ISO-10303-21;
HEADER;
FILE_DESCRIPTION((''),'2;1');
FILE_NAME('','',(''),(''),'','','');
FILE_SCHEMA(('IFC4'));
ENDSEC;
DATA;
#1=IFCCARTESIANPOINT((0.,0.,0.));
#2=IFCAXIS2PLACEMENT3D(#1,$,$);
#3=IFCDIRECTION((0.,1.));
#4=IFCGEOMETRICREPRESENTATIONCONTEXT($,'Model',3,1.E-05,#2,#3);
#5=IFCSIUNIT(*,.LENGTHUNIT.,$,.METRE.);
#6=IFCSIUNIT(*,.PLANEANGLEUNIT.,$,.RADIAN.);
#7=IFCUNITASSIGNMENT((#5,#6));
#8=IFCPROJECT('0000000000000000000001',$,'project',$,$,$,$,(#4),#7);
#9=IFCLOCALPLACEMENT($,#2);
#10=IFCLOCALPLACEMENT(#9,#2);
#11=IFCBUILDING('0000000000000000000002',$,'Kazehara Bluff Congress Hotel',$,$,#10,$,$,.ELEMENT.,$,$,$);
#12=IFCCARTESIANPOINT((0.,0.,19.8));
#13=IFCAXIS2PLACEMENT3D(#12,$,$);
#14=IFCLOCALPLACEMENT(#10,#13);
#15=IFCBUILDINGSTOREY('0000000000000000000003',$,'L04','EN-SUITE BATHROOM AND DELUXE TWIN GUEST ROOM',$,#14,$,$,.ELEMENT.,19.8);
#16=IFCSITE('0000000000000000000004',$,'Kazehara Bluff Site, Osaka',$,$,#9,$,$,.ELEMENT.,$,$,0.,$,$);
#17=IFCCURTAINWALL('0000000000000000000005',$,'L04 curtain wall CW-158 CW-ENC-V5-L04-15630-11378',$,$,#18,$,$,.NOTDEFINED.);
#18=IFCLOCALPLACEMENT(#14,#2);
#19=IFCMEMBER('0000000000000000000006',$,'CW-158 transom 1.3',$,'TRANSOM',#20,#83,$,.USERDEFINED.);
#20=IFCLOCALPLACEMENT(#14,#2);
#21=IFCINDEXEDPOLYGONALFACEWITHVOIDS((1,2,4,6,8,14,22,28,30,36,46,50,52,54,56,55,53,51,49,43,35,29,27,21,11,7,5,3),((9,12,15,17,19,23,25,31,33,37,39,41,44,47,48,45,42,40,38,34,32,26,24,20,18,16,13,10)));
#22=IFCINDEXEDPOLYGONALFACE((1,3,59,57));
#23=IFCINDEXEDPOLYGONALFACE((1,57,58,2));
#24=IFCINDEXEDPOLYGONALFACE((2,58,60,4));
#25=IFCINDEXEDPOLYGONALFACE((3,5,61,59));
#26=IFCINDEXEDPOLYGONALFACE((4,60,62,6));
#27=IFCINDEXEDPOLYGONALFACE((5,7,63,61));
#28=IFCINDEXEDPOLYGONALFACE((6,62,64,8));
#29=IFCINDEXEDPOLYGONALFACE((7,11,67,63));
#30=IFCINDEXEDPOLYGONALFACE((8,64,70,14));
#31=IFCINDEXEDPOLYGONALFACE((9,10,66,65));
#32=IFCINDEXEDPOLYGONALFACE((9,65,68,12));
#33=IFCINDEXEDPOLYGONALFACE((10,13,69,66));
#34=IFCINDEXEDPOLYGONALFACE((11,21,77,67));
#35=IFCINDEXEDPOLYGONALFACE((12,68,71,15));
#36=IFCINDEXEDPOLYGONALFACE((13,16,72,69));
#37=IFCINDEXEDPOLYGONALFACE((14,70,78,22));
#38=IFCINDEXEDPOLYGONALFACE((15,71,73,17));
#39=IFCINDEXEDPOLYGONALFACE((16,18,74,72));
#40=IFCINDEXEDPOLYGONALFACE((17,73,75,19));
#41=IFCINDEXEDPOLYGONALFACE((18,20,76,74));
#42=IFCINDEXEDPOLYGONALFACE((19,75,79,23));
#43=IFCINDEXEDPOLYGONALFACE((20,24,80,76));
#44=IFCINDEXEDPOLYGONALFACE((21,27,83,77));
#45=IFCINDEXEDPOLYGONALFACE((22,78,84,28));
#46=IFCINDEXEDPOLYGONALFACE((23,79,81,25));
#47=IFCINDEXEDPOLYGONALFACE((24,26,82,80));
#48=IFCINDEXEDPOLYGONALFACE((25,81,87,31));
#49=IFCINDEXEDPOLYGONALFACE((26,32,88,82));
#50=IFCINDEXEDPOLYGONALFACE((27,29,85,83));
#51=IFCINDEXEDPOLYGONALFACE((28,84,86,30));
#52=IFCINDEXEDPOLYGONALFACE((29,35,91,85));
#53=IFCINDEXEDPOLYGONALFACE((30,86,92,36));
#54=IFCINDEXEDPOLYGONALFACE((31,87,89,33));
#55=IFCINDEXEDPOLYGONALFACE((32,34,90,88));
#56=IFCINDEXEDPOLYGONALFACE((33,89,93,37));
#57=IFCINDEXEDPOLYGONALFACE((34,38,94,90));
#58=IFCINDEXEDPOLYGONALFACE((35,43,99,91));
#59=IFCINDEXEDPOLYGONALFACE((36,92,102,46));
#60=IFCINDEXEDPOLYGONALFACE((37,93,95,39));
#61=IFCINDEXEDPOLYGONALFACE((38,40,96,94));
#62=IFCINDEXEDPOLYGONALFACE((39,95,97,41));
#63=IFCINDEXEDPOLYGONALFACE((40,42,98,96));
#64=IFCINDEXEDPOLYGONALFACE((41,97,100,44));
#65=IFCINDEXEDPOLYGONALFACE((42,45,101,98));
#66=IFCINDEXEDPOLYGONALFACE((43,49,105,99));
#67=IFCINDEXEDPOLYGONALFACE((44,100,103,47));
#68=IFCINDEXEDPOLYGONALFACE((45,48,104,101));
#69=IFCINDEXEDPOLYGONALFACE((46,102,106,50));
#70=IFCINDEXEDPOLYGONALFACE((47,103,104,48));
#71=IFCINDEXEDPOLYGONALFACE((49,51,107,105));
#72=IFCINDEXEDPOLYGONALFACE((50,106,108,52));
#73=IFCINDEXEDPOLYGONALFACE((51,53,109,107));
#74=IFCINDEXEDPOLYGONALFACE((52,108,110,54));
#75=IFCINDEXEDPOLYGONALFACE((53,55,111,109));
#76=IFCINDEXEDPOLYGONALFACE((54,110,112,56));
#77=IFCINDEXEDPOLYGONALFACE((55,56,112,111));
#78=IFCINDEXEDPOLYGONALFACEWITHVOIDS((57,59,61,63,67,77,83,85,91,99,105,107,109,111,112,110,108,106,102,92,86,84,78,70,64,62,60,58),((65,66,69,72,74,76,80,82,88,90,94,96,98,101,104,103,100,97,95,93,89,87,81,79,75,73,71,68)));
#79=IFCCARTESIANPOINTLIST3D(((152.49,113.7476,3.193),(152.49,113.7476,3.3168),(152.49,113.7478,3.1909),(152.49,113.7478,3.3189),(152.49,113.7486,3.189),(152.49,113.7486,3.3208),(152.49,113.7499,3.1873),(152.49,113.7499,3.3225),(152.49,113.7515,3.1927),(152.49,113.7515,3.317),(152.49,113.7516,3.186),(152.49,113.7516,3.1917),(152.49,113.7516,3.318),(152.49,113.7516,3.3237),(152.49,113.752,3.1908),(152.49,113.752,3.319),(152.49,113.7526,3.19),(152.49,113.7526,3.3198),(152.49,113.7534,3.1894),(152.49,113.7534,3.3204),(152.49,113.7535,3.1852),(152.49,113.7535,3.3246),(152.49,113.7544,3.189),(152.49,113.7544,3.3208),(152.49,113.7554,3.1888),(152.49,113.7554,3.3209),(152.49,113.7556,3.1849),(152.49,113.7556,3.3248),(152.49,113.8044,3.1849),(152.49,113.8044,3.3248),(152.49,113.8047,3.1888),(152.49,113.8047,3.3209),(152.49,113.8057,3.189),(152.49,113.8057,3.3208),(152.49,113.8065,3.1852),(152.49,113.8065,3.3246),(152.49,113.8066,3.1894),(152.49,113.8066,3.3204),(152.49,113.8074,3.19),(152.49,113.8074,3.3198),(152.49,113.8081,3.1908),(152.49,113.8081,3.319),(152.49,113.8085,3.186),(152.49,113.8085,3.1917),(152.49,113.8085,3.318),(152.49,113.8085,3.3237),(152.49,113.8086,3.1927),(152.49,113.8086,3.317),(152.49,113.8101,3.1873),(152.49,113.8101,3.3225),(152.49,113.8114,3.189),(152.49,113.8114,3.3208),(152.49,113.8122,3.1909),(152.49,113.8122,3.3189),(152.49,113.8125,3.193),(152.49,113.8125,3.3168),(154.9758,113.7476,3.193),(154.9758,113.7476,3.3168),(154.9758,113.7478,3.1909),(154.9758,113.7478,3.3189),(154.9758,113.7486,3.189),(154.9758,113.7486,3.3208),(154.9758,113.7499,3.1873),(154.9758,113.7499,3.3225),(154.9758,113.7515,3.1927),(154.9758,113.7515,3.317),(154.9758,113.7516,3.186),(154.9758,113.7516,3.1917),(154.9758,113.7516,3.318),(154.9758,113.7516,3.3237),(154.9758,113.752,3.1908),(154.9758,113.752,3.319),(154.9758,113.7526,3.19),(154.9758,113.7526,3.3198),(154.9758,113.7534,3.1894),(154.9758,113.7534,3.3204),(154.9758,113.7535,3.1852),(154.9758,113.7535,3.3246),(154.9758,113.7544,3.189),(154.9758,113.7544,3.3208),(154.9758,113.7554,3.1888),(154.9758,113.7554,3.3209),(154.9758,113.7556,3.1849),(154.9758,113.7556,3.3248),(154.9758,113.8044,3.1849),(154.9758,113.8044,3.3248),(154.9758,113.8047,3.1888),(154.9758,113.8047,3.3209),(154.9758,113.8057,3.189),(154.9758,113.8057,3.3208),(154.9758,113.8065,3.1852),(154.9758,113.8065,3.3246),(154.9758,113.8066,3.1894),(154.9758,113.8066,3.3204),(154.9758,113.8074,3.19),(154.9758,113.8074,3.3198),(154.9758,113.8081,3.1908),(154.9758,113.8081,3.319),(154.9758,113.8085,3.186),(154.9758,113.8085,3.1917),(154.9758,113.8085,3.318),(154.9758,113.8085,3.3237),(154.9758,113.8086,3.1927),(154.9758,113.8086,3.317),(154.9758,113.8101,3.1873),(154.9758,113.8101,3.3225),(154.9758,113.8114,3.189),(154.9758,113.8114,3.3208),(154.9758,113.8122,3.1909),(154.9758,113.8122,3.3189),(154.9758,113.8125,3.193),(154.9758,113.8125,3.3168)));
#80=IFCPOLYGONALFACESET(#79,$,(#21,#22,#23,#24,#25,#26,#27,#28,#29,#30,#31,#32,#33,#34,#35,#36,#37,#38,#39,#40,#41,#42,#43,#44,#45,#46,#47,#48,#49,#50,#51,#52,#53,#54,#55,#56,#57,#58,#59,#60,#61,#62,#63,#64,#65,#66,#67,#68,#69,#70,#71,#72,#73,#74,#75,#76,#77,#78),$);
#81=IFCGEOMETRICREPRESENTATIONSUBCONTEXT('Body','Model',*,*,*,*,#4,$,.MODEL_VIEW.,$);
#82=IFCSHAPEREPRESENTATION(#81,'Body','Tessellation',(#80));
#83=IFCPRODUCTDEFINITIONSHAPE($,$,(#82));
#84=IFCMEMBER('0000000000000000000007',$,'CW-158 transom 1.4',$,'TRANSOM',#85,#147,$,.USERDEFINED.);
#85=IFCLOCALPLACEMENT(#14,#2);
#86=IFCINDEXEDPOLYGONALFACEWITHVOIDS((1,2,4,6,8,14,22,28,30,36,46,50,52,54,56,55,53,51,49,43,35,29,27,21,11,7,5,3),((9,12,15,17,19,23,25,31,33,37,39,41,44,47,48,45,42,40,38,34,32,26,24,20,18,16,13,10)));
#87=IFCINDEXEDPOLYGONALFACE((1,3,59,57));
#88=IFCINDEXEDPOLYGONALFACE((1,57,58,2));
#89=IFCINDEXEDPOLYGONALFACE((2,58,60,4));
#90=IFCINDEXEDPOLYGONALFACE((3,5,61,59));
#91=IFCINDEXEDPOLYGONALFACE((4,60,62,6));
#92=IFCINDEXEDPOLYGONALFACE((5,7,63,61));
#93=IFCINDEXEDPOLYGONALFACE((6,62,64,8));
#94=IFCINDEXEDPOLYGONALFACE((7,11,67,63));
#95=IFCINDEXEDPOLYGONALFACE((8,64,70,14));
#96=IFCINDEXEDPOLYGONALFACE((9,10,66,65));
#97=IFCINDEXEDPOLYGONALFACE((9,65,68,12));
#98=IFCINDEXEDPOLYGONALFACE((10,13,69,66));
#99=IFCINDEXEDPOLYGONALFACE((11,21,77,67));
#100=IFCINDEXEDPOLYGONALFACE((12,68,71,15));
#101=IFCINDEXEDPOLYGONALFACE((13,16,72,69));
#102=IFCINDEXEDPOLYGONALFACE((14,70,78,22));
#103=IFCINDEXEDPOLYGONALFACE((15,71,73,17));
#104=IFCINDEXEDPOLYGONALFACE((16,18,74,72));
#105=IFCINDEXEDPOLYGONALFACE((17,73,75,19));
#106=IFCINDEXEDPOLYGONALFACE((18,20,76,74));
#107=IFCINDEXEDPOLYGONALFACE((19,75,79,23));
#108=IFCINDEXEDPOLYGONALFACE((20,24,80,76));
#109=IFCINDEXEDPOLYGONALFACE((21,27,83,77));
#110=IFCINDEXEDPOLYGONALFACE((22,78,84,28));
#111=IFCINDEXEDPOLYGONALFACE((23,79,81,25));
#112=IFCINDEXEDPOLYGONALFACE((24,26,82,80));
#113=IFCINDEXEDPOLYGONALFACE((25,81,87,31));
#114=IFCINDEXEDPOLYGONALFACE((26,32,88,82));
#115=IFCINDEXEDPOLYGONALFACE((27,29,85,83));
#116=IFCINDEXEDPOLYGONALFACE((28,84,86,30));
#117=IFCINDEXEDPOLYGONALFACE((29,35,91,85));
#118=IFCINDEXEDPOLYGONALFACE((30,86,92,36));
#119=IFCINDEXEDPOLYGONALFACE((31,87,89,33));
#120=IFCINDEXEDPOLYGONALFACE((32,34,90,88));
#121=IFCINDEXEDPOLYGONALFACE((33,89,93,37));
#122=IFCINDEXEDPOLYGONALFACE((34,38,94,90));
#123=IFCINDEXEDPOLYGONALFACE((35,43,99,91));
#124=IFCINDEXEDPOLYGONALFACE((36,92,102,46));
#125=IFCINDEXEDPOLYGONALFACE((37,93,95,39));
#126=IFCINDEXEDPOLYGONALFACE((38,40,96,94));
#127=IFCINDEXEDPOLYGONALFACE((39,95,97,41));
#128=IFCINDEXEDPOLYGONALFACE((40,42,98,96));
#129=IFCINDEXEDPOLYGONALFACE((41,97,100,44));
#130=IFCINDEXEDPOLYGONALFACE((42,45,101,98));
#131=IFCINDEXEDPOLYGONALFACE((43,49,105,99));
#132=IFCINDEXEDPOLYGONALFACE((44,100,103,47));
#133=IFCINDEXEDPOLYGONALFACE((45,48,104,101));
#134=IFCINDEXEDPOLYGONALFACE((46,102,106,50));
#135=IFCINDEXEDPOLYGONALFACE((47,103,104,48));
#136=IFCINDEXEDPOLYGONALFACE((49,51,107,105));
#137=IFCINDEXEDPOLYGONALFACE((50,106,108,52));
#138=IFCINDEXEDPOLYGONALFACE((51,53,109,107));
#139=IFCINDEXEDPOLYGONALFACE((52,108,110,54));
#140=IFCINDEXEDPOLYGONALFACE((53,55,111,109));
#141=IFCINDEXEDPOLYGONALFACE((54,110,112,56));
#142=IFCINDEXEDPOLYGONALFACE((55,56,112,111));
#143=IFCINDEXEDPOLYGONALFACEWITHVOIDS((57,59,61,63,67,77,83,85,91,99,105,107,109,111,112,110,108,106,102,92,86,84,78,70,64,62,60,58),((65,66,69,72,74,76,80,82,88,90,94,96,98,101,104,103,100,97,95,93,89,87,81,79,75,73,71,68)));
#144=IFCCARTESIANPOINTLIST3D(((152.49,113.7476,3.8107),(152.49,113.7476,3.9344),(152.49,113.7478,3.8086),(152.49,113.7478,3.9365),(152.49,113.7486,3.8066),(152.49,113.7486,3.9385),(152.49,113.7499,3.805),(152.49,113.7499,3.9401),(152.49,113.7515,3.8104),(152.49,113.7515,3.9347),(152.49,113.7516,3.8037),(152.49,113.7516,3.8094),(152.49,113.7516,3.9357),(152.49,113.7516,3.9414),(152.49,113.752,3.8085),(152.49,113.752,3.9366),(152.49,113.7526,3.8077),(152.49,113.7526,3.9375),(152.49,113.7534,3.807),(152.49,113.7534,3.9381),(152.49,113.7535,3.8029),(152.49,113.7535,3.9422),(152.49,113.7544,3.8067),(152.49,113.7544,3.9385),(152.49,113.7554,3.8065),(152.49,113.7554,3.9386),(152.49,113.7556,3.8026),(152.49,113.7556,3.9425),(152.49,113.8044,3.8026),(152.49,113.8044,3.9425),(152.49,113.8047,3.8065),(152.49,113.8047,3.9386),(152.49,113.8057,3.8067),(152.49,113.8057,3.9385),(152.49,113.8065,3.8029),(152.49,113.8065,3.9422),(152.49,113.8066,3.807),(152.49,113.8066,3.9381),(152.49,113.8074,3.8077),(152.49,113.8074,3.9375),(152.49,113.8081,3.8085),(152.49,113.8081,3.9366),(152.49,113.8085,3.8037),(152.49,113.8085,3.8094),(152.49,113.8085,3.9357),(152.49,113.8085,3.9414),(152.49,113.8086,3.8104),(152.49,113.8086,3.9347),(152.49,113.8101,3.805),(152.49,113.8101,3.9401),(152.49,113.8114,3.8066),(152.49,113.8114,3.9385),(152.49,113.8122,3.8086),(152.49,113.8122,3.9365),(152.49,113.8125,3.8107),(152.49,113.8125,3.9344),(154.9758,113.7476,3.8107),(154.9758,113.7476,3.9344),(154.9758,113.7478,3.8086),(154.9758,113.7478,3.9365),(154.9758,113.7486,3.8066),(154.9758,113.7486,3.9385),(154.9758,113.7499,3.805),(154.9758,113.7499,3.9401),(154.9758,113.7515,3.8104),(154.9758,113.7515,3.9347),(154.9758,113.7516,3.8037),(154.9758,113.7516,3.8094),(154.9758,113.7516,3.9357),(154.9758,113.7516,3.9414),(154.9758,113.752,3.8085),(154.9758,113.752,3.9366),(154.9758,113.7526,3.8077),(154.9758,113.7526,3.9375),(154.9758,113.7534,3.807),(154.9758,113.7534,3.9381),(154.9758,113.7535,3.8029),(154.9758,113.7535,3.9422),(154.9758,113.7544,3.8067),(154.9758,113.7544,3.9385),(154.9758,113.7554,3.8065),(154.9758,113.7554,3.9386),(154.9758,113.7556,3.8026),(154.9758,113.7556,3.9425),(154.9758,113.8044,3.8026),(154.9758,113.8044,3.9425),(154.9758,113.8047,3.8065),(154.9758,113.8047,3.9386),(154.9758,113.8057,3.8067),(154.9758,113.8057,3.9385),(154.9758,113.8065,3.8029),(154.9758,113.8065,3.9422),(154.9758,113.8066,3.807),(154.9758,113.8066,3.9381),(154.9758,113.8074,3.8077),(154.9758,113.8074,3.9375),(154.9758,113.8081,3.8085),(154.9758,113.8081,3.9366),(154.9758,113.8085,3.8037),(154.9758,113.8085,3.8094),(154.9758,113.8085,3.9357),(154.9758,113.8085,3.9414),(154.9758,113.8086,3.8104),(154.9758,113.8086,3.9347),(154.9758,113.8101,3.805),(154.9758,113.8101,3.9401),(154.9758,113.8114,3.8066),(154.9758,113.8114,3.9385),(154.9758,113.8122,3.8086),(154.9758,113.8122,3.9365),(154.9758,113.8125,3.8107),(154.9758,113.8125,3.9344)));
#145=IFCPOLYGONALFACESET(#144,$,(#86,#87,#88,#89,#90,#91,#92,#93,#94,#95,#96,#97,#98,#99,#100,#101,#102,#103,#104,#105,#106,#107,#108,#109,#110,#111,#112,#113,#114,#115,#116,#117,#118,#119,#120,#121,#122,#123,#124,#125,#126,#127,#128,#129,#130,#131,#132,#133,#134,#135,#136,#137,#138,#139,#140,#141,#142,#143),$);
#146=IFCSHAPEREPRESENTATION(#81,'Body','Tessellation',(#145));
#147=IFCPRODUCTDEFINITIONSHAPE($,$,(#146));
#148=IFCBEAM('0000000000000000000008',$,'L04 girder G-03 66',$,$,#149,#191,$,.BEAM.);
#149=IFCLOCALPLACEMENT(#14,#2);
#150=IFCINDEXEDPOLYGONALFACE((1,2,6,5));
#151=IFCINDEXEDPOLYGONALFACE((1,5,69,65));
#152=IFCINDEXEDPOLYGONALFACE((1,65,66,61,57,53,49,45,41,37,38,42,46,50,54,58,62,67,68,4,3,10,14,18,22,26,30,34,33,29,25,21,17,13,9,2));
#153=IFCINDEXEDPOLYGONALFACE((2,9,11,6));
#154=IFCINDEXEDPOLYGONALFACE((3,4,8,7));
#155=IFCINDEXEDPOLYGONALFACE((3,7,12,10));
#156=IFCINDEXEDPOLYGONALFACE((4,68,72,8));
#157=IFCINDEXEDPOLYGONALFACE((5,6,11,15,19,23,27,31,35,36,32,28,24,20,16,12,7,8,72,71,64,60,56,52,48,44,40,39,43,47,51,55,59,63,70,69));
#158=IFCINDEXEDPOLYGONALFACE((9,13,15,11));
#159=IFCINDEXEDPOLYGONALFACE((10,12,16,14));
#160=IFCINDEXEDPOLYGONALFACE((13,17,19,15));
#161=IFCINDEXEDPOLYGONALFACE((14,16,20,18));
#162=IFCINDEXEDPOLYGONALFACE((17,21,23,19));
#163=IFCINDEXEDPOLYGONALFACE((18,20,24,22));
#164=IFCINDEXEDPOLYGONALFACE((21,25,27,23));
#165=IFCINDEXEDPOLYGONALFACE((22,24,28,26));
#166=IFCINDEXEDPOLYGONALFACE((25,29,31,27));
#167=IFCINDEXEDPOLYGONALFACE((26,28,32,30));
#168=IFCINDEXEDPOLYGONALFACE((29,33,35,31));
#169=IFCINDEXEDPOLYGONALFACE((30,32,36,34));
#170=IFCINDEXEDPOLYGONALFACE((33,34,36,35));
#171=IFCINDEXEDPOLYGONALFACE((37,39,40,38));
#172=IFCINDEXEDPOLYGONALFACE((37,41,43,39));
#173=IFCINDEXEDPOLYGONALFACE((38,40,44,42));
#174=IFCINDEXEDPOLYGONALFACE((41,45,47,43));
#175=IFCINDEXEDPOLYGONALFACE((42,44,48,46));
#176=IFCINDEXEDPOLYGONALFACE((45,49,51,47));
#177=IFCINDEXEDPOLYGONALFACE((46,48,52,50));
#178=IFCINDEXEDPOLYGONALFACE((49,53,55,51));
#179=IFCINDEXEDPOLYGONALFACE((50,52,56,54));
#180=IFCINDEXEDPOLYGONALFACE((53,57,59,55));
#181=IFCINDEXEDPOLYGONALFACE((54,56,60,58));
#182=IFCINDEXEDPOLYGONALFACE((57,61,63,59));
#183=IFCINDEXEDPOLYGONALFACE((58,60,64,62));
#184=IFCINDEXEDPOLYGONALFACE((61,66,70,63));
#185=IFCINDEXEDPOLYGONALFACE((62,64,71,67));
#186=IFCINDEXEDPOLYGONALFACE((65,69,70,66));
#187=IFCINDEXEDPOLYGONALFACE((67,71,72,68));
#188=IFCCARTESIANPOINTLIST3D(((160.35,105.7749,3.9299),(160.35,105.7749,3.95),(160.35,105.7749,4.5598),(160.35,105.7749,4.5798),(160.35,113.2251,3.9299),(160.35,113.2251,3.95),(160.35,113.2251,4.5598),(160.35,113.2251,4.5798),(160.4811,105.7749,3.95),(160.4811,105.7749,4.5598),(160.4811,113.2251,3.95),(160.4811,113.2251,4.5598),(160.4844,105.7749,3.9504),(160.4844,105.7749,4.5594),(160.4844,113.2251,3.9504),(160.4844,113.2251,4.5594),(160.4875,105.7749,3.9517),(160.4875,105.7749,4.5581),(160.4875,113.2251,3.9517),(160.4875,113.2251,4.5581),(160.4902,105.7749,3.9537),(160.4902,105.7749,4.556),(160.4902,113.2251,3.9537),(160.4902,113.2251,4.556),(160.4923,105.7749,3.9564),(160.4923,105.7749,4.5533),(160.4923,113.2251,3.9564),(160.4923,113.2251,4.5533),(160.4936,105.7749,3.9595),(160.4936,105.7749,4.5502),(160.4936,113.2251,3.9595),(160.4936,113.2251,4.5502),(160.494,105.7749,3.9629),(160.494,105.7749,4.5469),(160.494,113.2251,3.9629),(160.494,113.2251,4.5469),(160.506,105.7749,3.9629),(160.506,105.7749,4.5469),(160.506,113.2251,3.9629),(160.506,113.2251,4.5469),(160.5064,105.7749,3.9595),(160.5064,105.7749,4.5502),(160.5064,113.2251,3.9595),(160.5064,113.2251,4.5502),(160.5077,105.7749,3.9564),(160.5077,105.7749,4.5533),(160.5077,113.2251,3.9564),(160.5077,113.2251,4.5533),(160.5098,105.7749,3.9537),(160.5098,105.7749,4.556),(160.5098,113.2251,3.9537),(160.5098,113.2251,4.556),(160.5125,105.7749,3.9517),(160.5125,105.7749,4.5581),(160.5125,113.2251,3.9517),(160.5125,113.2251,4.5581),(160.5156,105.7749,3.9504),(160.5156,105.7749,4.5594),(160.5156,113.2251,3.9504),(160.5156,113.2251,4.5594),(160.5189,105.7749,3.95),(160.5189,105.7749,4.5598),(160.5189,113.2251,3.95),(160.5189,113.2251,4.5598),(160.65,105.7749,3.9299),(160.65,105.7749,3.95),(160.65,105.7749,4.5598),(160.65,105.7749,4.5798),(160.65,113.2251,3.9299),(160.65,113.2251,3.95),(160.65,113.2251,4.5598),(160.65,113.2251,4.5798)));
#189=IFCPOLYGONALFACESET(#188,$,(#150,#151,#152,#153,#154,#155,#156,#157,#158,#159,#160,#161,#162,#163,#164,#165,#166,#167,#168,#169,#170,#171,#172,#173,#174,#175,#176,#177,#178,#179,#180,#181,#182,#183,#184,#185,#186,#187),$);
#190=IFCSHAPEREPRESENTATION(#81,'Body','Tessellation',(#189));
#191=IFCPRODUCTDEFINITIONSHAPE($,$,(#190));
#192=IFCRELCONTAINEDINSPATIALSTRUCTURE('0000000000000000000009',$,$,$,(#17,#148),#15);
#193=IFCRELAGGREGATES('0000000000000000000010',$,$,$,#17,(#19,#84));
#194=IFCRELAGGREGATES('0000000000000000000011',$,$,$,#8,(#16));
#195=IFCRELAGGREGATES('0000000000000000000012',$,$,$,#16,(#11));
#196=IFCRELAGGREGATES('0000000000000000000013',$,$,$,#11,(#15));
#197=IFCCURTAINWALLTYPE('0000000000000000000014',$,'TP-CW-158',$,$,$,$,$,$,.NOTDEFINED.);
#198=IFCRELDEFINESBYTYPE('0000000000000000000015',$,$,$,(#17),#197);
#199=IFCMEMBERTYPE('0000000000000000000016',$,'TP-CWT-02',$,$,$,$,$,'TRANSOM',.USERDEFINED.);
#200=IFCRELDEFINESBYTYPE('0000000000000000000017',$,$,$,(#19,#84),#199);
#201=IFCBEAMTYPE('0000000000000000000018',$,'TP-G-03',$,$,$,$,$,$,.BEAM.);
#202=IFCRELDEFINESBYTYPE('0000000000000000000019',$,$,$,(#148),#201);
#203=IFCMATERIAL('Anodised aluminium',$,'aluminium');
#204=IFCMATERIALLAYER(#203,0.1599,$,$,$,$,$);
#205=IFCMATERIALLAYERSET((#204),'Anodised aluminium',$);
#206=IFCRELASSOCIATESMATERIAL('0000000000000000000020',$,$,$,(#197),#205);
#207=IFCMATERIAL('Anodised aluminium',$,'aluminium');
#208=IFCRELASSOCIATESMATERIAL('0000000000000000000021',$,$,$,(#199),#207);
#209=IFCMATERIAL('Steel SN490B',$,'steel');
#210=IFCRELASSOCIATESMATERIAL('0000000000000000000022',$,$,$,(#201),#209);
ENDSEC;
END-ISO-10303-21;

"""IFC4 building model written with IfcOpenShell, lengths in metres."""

from ifc_helpers import new_model, si_unit, direction, frame, origin, origin_2d, place, context, subcontext, project, spatial, hollow_rectangle, i_section, extrude, material, layer, layer_set, material_profile, profile_set, type_object, element, aggregate, save


model = new_model("IFC4")

# Units and contexts
model_context = context("Model", 3, precision=1e-05, world=origin(), true_north=direction((0.0, 1.0)))
body_context = subcontext(model_context, "Body", "Model", "MODEL_VIEW")
ifc_project = project(units=[si_unit("LENGTHUNIT", "METRE"), si_unit("PLANEANGLEUNIT", "RADIAN")], contexts=[model_context])

# Site, building, storey
site_placement = place(None, origin())
site = spatial("IfcSite", under=ifc_project, at=site_placement, Name="Kazehara Bluff Site, Osaka", CompositionType="ELEMENT", RefElevation=0.0)
building_placement = place(site_placement, origin())
building = spatial("IfcBuilding", under=site, at=building_placement, Name="Kazehara Bluff Congress Hotel", CompositionType="ELEMENT")
storey_placement = place(building_placement, frame((0.0, 0.0, 19.8)))
storey = spatial("IfcBuildingStorey", under=building, at=storey_placement, Name="L04", Description="EN-SUITE BATHROOM AND DELUXE TWIN GUEST ROOM", CompositionType="ELEMENT", Elevation=19.8)

# Curtain wall, members
ifc_material_1 = material(Name="Anodised aluminium", Category="aluminium")
ifc_layer_1 = layer(ifc_material_1, 0.1599)
ifc_layer_set_1 = layer_set([ifc_layer_1], Name="Anodised aluminium")
curtain_wall_type = type_object("IfcCurtainWallType", Name="TP-CW-158", PredefinedType="NOTDEFINED", material=ifc_layer_set_1)
curtain_wall_placement = place(storey_placement, origin())
curtain_wall = element("IfcCurtainWall", 1, at=curtain_wall_placement, inside=storey, type_object=curtain_wall_type, Name="L04 curtain wall CW-158 CW-ENC-V5-L04-15630-11378", PredefinedType="NOTDEFINED")
ifc_material_2 = material(Name="Anodised aluminium", Category="aluminium")
ifc_material_profile_1 = material_profile(ifc_material_2, hollow_rectangle(XDim=0.0649, YDim=0.1399, WallThickness=0.0039, InnerFilletRadius=0.0039, OuterFilletRadius=0.0081, at=origin_2d()))
ifc_profile_set_1 = profile_set([ifc_material_profile_1], Name="Anodised aluminium")
member_type = type_object("IfcMemberType", Name="TP-CWT-02", ElementType="TRANSOM", PredefinedType="USERDEFINED", material=ifc_profile_set_1)
member_1_placement = place(storey_placement, frame((152.49, 113.78, 3.2549), z_axis=(1.0, 0.0, 0.0), x_axis=(0.0, 1.0, 0.0)))
member_1 = element("IfcMember", 2, at=member_1_placement, type_object=member_type, Name="CW-158 transom 1.3", ObjectType="TRANSOM", PredefinedType="USERDEFINED", context=body_context, shape_type="SweptSolid", body=[
    extrude(hollow_rectangle(XDim=0.0649, YDim=0.1399, WallThickness=0.0039, InnerFilletRadius=0.0039, OuterFilletRadius=0.0081, at=origin_2d()), origin(), (0.0, 0.0, 1.0), 2.4858),
])
member_2_placement = place(storey_placement, frame((152.49, 113.78, 3.8726), z_axis=(1.0, 0.0, 0.0), x_axis=(0.0, 1.0, 0.0)))
member_2 = element("IfcMember", 3, at=member_2_placement, type_object=member_type, Name="CW-158 transom 1.4", ObjectType="TRANSOM", PredefinedType="USERDEFINED", context=body_context, shape_type="SweptSolid", body=[
    extrude(hollow_rectangle(XDim=0.0649, YDim=0.1399, WallThickness=0.0039, InnerFilletRadius=0.0039, OuterFilletRadius=0.0081, at=origin_2d()), origin(), (0.0, 0.0, 1.0), 2.4858),
])

# Beam
ifc_material_3 = material(Name="Steel SN490B", Category="steel")
ifc_material_profile_2 = material_profile(ifc_material_3, i_section(OverallWidth=0.3, OverallDepth=0.6499, WebThickness=0.012, FlangeThickness=0.02, FilletRadius=0.0129, at=origin_2d()))
ifc_profile_set_2 = profile_set([ifc_material_profile_2], Name="Steel SN490B")
beam_type_1 = type_object("IfcBeamType", Name="TP-G-03", PredefinedType="BEAM", material=ifc_profile_set_2)
beam_placement = place(storey_placement, frame((160.5, 105.7749, 4.2549), z_axis=(0.0, 1.0, 0.0), x_axis=(-1.0, 0.0, 0.0)))
element("IfcBeam", 4, at=beam_placement, inside=storey, type_object=beam_type_1, Name="L04 girder G-03 66", PredefinedType="BEAM", context=body_context, shape_type="SweptSolid", body=[
    extrude(i_section(OverallWidth=0.3, OverallDepth=0.6499, WebThickness=0.012, FlangeThickness=0.02, FilletRadius=0.0129, at=origin_2d()), origin(), (0.0, 0.0, 1.0), 7.4502),
])

aggregate(curtain_wall, [member_1, member_2])

save(model, "model.ifc")
